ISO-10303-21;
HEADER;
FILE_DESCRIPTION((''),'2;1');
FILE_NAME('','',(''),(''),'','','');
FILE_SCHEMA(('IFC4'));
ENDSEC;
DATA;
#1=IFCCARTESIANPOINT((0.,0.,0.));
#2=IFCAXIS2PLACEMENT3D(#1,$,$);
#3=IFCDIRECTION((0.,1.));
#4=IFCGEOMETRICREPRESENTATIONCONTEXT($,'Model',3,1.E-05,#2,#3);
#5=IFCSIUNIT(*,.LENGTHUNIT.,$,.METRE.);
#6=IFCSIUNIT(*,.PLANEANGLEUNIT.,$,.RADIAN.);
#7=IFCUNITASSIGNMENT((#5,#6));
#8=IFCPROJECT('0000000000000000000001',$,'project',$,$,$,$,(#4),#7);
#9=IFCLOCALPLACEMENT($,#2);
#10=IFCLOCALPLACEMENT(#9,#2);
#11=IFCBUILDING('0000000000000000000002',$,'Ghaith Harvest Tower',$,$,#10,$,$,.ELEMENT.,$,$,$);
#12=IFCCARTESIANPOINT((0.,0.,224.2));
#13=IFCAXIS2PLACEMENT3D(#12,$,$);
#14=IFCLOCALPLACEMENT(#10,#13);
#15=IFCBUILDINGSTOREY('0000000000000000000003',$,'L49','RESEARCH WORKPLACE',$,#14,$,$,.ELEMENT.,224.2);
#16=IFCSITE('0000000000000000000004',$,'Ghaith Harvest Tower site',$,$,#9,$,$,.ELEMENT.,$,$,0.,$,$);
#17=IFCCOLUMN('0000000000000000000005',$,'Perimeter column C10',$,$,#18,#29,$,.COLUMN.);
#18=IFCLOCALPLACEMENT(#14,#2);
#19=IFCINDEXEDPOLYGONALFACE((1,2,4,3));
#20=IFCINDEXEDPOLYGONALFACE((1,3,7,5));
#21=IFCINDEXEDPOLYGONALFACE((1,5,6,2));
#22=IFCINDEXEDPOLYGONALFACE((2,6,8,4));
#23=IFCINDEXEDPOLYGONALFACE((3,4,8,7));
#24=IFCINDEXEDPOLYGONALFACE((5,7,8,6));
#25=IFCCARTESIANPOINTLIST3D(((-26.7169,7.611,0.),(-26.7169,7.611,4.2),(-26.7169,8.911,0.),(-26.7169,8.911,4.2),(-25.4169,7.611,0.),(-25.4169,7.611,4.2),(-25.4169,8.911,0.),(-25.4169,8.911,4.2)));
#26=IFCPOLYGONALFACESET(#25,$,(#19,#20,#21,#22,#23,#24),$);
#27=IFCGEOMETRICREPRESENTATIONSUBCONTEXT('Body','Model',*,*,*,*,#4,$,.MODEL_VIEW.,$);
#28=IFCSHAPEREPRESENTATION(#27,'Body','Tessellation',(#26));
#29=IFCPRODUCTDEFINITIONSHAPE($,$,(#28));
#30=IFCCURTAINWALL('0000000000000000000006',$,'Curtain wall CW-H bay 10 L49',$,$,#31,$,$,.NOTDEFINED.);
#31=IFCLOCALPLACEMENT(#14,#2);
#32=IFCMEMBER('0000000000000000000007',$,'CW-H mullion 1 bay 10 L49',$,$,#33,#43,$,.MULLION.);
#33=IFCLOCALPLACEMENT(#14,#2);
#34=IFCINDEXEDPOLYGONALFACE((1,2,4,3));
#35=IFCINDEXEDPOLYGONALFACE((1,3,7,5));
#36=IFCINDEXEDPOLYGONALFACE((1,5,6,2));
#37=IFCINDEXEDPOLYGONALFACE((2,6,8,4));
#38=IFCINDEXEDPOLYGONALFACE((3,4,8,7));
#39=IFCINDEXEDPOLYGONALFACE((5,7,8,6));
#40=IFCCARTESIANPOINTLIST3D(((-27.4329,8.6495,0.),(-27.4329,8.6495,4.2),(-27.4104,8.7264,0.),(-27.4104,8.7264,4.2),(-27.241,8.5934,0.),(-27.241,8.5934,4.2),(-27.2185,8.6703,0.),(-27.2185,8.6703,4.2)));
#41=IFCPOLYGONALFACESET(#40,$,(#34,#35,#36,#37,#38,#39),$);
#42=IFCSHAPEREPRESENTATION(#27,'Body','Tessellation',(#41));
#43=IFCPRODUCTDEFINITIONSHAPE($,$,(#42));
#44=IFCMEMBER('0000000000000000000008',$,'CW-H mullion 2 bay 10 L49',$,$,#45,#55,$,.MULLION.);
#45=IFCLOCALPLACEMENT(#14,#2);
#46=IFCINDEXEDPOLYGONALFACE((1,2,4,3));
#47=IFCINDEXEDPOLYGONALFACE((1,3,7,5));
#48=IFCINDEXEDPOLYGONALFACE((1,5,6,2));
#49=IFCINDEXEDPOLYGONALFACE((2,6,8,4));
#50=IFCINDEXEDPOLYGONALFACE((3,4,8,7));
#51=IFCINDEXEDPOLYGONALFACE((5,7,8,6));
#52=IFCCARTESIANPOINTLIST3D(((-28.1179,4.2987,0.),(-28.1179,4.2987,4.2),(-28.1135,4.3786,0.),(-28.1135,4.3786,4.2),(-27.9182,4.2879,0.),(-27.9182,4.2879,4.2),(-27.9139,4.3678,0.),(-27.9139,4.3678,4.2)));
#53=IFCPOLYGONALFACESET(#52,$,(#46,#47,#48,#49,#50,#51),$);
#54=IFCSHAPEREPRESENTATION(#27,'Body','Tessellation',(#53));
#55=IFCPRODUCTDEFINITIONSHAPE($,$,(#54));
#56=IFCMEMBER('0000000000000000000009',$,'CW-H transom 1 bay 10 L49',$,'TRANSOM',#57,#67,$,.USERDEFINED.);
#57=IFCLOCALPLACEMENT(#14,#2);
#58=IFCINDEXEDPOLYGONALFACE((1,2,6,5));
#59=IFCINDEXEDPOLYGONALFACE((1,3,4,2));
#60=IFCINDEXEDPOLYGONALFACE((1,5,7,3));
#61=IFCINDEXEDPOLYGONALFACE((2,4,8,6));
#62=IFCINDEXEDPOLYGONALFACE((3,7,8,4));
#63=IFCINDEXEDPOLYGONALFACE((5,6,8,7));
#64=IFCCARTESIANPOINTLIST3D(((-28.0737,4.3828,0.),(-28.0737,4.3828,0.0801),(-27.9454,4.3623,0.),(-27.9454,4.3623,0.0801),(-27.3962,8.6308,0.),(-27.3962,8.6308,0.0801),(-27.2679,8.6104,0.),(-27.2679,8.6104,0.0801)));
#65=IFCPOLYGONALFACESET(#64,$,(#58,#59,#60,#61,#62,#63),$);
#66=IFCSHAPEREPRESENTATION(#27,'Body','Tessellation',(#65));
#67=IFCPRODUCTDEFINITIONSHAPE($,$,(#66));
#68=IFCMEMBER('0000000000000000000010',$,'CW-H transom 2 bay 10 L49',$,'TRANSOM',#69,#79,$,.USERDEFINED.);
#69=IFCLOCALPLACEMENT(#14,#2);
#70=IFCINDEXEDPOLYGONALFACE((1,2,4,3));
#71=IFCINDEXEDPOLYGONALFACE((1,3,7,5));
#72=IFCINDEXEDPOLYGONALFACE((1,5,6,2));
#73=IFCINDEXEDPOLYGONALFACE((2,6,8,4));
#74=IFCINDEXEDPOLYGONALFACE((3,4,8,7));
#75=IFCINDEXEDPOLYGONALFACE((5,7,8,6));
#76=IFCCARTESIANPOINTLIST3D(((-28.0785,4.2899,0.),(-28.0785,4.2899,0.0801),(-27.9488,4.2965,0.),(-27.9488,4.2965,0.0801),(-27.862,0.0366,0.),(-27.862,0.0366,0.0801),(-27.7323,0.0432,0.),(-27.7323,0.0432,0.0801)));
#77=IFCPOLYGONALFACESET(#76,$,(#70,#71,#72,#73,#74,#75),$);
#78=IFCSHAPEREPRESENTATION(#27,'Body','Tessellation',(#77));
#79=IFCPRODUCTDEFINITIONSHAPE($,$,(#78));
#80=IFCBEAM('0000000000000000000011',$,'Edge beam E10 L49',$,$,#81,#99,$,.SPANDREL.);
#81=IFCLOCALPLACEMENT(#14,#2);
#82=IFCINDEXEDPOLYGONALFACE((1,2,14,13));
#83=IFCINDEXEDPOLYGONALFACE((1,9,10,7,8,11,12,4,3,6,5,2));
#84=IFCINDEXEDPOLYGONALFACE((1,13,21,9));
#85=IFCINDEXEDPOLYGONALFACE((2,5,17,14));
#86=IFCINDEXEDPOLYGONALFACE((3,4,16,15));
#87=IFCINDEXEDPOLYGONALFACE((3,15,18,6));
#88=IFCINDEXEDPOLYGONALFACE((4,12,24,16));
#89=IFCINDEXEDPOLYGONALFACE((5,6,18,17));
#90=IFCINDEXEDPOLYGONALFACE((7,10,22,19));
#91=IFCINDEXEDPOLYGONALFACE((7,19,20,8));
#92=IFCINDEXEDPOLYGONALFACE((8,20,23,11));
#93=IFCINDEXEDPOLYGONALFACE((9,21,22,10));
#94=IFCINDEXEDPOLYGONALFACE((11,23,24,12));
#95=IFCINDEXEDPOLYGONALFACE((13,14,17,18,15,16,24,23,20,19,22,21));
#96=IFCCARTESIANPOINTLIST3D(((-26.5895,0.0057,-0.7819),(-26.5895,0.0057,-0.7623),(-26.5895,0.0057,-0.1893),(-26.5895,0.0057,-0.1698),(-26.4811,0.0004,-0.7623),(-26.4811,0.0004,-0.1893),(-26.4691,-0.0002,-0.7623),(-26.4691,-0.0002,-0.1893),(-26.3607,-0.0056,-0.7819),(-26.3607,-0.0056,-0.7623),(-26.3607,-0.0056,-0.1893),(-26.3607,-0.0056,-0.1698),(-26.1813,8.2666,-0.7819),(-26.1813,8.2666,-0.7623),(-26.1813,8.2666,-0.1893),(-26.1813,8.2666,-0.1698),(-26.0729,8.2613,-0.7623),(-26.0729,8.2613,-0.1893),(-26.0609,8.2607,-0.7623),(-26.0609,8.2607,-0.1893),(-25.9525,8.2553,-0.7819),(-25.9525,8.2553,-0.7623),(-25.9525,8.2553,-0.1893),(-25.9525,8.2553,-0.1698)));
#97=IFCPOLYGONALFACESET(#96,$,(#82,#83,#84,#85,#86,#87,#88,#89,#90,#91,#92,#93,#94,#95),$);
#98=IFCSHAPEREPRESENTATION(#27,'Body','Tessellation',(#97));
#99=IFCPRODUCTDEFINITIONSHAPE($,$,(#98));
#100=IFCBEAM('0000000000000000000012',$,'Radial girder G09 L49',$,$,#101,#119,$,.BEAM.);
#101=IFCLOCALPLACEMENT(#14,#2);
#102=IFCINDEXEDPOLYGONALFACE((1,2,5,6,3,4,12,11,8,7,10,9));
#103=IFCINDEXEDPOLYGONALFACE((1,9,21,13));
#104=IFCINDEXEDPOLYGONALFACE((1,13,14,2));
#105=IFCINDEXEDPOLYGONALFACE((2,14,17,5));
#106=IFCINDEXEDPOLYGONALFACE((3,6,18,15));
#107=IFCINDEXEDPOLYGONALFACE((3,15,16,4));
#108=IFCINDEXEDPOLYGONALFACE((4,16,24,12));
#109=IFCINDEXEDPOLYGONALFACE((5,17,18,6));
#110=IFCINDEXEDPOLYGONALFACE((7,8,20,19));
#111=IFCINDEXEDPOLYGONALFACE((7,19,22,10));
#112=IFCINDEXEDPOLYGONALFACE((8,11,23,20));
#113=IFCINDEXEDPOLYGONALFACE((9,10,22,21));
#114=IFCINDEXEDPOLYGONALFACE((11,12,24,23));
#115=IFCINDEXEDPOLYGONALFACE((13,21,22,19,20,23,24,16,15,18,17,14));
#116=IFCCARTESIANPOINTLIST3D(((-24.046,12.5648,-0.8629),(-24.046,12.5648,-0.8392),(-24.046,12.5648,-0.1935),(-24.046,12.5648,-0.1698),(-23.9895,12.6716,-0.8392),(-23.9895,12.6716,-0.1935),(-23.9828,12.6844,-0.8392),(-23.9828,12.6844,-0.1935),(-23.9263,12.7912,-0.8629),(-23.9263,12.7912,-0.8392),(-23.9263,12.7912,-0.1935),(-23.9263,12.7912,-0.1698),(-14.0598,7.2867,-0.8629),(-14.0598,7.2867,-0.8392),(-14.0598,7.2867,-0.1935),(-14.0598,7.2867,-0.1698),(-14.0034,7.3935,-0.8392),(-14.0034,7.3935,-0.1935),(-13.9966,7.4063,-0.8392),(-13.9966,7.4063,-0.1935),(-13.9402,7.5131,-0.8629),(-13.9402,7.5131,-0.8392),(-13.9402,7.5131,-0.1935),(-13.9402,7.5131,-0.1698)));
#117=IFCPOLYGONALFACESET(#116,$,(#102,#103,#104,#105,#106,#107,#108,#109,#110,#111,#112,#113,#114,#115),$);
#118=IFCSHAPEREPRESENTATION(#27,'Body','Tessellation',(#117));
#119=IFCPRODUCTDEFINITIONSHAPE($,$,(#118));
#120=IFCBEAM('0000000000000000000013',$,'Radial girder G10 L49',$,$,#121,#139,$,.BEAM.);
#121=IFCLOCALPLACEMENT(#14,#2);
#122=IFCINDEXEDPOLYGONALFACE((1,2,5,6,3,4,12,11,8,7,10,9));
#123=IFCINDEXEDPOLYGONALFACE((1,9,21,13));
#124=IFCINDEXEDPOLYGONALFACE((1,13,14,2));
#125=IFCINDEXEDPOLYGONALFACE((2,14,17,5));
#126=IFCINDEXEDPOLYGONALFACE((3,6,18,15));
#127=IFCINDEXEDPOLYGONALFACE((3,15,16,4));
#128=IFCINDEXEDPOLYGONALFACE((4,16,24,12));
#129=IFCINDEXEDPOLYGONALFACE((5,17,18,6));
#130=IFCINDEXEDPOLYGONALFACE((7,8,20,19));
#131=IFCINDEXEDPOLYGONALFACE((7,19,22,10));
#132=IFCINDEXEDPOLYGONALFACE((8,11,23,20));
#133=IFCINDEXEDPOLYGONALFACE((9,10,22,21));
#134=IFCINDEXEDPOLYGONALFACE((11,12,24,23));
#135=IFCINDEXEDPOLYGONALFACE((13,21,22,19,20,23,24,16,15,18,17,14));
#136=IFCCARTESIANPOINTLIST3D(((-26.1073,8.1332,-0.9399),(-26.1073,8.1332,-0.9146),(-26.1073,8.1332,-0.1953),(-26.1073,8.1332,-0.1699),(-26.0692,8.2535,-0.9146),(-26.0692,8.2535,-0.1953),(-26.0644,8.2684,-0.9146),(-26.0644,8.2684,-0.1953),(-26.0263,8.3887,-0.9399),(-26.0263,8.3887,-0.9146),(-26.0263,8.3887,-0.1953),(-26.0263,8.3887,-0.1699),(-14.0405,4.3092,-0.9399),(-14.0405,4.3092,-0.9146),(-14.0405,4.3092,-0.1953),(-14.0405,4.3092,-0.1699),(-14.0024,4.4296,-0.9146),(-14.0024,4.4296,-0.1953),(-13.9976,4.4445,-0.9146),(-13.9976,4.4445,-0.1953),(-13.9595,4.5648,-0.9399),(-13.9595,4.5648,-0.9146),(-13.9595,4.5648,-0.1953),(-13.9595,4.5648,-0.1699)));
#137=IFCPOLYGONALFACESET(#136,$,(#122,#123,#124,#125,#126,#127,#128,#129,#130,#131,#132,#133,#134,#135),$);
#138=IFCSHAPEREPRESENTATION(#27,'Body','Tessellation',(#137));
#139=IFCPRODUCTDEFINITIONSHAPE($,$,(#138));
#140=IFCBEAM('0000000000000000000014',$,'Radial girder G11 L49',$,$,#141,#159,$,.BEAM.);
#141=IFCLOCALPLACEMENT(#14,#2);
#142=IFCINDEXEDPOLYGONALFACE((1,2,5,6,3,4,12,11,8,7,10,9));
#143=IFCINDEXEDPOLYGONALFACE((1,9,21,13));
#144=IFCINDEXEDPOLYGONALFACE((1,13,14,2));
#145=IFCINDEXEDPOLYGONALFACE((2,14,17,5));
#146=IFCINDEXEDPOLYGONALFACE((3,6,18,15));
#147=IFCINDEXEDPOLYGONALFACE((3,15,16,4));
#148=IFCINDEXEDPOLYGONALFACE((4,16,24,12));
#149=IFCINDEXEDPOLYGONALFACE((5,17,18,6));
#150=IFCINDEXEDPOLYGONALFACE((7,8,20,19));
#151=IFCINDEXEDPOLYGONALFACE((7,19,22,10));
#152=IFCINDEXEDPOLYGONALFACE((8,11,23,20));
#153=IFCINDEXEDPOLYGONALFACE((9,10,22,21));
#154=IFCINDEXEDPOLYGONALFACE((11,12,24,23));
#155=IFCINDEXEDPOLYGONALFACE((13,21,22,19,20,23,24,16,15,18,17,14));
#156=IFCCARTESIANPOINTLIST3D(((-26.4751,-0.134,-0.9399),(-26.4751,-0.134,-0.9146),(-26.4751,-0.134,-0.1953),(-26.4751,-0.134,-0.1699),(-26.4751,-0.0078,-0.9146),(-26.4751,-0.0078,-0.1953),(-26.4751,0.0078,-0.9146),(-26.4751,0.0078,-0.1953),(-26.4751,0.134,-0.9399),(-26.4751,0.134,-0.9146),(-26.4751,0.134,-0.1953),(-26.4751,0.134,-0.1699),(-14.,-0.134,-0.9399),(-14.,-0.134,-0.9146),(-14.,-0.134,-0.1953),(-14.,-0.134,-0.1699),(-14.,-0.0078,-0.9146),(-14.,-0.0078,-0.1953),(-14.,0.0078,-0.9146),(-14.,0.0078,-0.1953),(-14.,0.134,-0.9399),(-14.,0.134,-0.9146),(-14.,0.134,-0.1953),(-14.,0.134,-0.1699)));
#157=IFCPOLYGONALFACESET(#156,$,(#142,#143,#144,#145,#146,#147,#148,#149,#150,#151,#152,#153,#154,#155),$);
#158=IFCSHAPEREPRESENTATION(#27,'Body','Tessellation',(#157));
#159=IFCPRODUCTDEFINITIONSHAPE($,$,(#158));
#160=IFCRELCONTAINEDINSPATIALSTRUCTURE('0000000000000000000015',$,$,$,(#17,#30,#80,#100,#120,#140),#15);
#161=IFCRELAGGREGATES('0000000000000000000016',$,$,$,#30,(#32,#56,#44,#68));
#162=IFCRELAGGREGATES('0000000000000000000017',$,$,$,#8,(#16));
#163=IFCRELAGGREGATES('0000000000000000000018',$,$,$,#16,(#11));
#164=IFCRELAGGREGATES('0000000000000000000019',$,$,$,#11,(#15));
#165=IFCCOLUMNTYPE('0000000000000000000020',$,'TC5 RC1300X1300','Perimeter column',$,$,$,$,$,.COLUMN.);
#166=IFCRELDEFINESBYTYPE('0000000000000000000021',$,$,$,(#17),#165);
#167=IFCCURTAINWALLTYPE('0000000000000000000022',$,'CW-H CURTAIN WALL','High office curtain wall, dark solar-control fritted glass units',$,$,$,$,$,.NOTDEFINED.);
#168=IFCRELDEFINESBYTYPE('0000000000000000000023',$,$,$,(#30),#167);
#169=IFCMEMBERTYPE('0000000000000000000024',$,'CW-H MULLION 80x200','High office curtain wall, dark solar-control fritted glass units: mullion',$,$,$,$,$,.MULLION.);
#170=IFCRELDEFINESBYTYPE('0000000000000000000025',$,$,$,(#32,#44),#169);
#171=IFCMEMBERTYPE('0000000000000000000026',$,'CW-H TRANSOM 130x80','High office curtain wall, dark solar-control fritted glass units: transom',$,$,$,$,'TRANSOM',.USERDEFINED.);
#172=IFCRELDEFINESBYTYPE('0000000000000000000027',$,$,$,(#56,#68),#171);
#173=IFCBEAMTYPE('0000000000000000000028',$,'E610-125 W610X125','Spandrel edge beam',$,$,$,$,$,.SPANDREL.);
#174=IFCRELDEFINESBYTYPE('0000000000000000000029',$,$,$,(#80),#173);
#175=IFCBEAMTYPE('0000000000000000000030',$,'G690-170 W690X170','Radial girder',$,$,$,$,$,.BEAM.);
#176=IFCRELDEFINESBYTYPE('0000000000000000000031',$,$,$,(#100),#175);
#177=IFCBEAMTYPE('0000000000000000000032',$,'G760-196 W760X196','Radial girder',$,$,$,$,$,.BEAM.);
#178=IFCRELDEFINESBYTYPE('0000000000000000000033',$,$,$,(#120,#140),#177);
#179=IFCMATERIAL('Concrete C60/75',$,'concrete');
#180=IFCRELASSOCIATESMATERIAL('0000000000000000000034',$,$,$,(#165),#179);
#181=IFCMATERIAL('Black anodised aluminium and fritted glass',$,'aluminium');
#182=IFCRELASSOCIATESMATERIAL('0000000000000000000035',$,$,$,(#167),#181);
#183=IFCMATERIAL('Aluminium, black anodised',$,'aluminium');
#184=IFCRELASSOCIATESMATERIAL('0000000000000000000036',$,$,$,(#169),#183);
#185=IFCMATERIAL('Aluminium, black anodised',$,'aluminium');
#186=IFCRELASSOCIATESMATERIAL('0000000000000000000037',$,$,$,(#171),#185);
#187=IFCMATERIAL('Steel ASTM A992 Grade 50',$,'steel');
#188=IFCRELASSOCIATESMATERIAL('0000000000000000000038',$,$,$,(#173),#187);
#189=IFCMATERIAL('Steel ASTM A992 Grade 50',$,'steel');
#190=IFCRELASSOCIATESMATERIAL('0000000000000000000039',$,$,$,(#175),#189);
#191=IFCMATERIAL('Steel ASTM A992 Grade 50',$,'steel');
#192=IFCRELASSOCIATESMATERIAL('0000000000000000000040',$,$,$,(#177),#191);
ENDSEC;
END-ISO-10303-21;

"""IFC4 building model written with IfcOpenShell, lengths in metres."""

from ifc_helpers import new_model, si_unit, direction, frame, origin, origin_2d, place, context, subcontext, project, spatial, rectangle, i_section, extrude, material, material_profile, profile_set, type_object, element, aggregate, save


model = new_model("IFC4")

# Units and contexts
model_context = context("Model", 3, precision=1e-05, world=origin(), true_north=direction((0.0, 1.0)))
body_context = subcontext(model_context, "Body", "Model", "MODEL_VIEW")
ifc_project = project(units=[si_unit("LENGTHUNIT", "METRE"), si_unit("PLANEANGLEUNIT", "RADIAN")], contexts=[model_context])

# Site, building, storey
site_placement = place(None, origin())
site = spatial("IfcSite", under=ifc_project, at=site_placement, Name="Ghaith Harvest Tower site", CompositionType="ELEMENT", RefElevation=0.0)
building_placement = place(site_placement, origin())
building = spatial("IfcBuilding", under=site, at=building_placement, Name="Ghaith Harvest Tower", CompositionType="ELEMENT")
storey_placement = place(building_placement, frame((0.0, 0.0, 224.2)))
storey = spatial("IfcBuildingStorey", under=building, at=storey_placement, Name="L49", Description="RESEARCH WORKPLACE", CompositionType="ELEMENT", Elevation=224.2)

# Column
ifc_material_1 = material(Name="Concrete C60/75", Category="concrete")
ifc_material_profile_1 = material_profile(ifc_material_1, rectangle(XDim=1.3, YDim=1.3, at=origin_2d()), Name="RC1300X1300")
ifc_profile_set_1 = profile_set([ifc_material_profile_1], Name="Concrete C60/75")
column_type = type_object("IfcColumnType", Name="TC5 RC1300X1300", Description="Perimeter column", PredefinedType="COLUMN", material=ifc_profile_set_1)
column_placement = place(storey_placement, frame((-26.0669, 8.261, 0.0), z_axis=(0.0, 0.0, 1.0), x_axis=(1.0, 0.0, 0.0)))
element("IfcColumn", 1, at=column_placement, inside=storey, type_object=column_type, Name="Perimeter column C10", PredefinedType="COLUMN", context=body_context, shape_type="SweptSolid", body=[
    extrude(rectangle(XDim=1.3, YDim=1.3, at=origin_2d()), origin(), (0.0, 0.0, 1.0), 4.2),
])

# Curtain wall, members
ifc_material_2 = material(Name="Black anodised aluminium and fritted glass", Category="aluminium")
curtain_wall_type = type_object("IfcCurtainWallType", Name="CW-H CURTAIN WALL", Description="High office curtain wall, dark solar-control fritted glass units", PredefinedType="NOTDEFINED", material=ifc_material_2)
curtain_wall_placement = place(storey_placement, origin())
curtain_wall = element("IfcCurtainWall", 2, at=curtain_wall_placement, inside=storey, type_object=curtain_wall_type, Name="Curtain wall CW-H bay 10 L49", PredefinedType="NOTDEFINED")
ifc_material_3 = material(Name="Aluminium, black anodised", Category="aluminium")
ifc_material_profile_2 = material_profile(ifc_material_3, rectangle(XDim=0.0801, YDim=0.2, at=origin_2d()), Name="CW-H MULLION 80x200")
ifc_profile_set_2 = profile_set([ifc_material_profile_2], Name="Aluminium, black anodised")
member_type_1 = type_object("IfcMemberType", Name="CW-H MULLION 80x200", Description="High office curtain wall, dark solar-control fritted glass units: mullion", PredefinedType="MULLION", material=ifc_profile_set_2)
member_1_placement = place(storey_placement, frame((-27.3257, 8.6599, 0.0), z_axis=(0.0, 0.0, 1.0), x_axis=(-0.28052, -0.959848, 0.0)))
member_1 = element("IfcMember", 3, at=member_1_placement, type_object=member_type_1, Name="CW-H mullion 1 bay 10 L49", PredefinedType="MULLION", context=body_context, shape_type="SweptSolid", body=[
    extrude(rectangle(XDim=0.0801, YDim=0.2, at=origin_2d()), origin(), (0.0, 0.0, 1.0), 4.2),
])
member_2_placement = place(storey_placement, frame((-28.0159, 4.3333, 0.0), z_axis=(0.0, 0.0, 1.0), x_axis=(-0.054116, -0.998535, 0.0)))
member_2 = element("IfcMember", 4, at=member_2_placement, type_object=member_type_1, Name="CW-H mullion 2 bay 10 L49", PredefinedType="MULLION", context=body_context, shape_type="SweptSolid", body=[
    extrude(rectangle(XDim=0.0801, YDim=0.2, at=origin_2d()), origin(), (0.0, 0.0, 1.0), 4.2),
])
ifc_material_4 = material(Name="Aluminium, black anodised", Category="aluminium")
ifc_material_profile_3 = material_profile(ifc_material_4, rectangle(XDim=0.1299, YDim=0.0801, at=origin_2d()), Name="CW-H TRANSOM 130x80")
ifc_profile_set_3 = profile_set([ifc_material_profile_3], Name="Aluminium, black anodised")
member_type_2 = type_object("IfcMemberType", Name="CW-H TRANSOM 130x80", Description="High office curtain wall, dark solar-control fritted glass units: transom", ElementType="TRANSOM", PredefinedType="USERDEFINED", material=ifc_profile_set_3)
member_3_placement = place(storey_placement, frame((-27.332, 8.6206, 0.04), z_axis=(-0.157492, -0.98752, 0.0), x_axis=(0.98752, -0.157492, 0.0)))
member_3 = element("IfcMember", 5, at=member_3_placement, type_object=member_type_2, Name="CW-H transom 1 bay 10 L49", ObjectType="TRANSOM", PredefinedType="USERDEFINED", context=body_context, shape_type="SweptSolid", body=[
    extrude(rectangle(XDim=0.1299, YDim=0.0801, at=origin_2d()), origin(), (0.0, 0.0, 1.0), 4.3018),
])
member_4_placement = place(storey_placement, frame((-28.0137, 4.2932, 0.04), z_axis=(0.05085, -0.998706, 0.0), x_axis=(0.998706, 0.05085, 0.0)))
member_4 = element("IfcMember", 6, at=member_4_placement, type_object=member_type_2, Name="CW-H transom 2 bay 10 L49", ObjectType="TRANSOM", PredefinedType="USERDEFINED", context=body_context, shape_type="SweptSolid", body=[
    extrude(rectangle(XDim=0.1299, YDim=0.0801, at=origin_2d()), origin(), (0.0, 0.0, 1.0), 4.2588),
])

# Beams
ifc_material_5 = material(Name="Steel ASTM A992 Grade 50", Category="steel")
ifc_material_profile_4 = material_profile(ifc_material_5, i_section(OverallWidth=0.229, OverallDepth=0.6121, WebThickness=0.012, FlangeThickness=0.0195, at=origin_2d()), Name="W610X125")
ifc_profile_set_4 = profile_set([ifc_material_profile_4], Name="Steel ASTM A992 Grade 50")
beam_type_1 = type_object("IfcBeamType", Name="E610-125 W610X125", Description="Spandrel edge beam", PredefinedType="SPANDREL", material=ifc_profile_set_4)
beam_1_placement = place(storey_placement, frame((-26.0669, 8.261, -0.4758), z_axis=(-0.049353, -0.998781, 0.0), x_axis=(0.998781, -0.049353, 0.0)))
element("IfcBeam", 7, at=beam_1_placement, inside=storey, type_object=beam_type_1, Name="Edge beam E10 L49", PredefinedType="SPANDREL", context=body_context, shape_type="SweptSolid", body=[
    extrude(i_section(OverallWidth=0.229, OverallDepth=0.6121, WebThickness=0.012, FlangeThickness=0.0195, at=origin_2d()), origin(), (0.0, 0.0, 1.0), 8.271),
])
ifc_material_6 = material(Name="Steel ASTM A992 Grade 50", Category="steel")
ifc_material_profile_5 = material_profile(ifc_material_6, i_section(OverallWidth=0.2561, OverallDepth=0.6931, WebThickness=0.0144, FlangeThickness=0.0237, at=origin_2d()), Name="W690X170")
ifc_profile_set_5 = profile_set([ifc_material_profile_5], Name="Steel ASTM A992 Grade 50")
beam_type_2 = type_object("IfcBeamType", Name="G690-170 W690X170", Description="Radial girder", PredefinedType="BEAM", material=ifc_profile_set_5)
beam_2_placement = place(storey_placement, frame((-14.0, 7.3999, -0.5164), z_axis=(-0.884105, 0.467288, 0.0), x_axis=(-0.467288, -0.884105, 0.0)))
element("IfcBeam", 8, at=beam_2_placement, inside=storey, type_object=beam_type_2, Name="Radial girder G09 L49", PredefinedType="BEAM", context=body_context, shape_type="SweptSolid", body=[
    extrude(i_section(OverallWidth=0.2561, OverallDepth=0.6931, WebThickness=0.0144, FlangeThickness=0.0237, at=origin_2d()), origin(), (0.0, 0.0, 1.0), 11.2952),
])
ifc_material_7 = material(Name="Steel ASTM A992 Grade 50", Category="steel")
ifc_material_profile_6 = material_profile(ifc_material_7, i_section(OverallWidth=0.2681, OverallDepth=0.77, WebThickness=0.0156, FlangeThickness=0.0254, at=origin_2d()), Name="W760X196")
ifc_profile_set_6 = profile_set([ifc_material_profile_6], Name="Steel ASTM A992 Grade 50")
beam_type_3 = type_object("IfcBeamType", Name="G760-196 W760X196", Description="Radial girder", PredefinedType="BEAM", material=ifc_profile_set_6)
beam_3_placement = place(storey_placement, frame((-14.0, 4.437, -0.5549), z_axis=(-0.953279, 0.302092, 0.0), x_axis=(-0.302092, -0.953279, 0.0)))
element("IfcBeam", 9, at=beam_3_placement, inside=storey, type_object=beam_type_3, Name="Radial girder G10 L49", PredefinedType="BEAM", context=body_context, shape_type="SweptSolid", body=[
    extrude(i_section(OverallWidth=0.2681, OverallDepth=0.77, WebThickness=0.0156, FlangeThickness=0.0254, at=origin_2d()), origin(), (0.0, 0.0, 1.0), 12.6582),
])
beam_4_placement = place(storey_placement, frame((-14.0, 0.0, -0.5549), z_axis=(-1.0, 0.0, 0.0), x_axis=(0.0, -1.0, 0.0)))
element("IfcBeam", 10, at=beam_4_placement, inside=storey, type_object=beam_type_3, Name="Radial girder G11 L49", PredefinedType="BEAM", context=body_context, shape_type="SweptSolid", body=[
    extrude(i_section(OverallWidth=0.2681, OverallDepth=0.77, WebThickness=0.0156, FlangeThickness=0.0254, at=origin_2d()), origin(), (0.0, 0.0, 1.0), 12.4751),
])

aggregate(curtain_wall, [member_1, member_3, member_2, member_4])

save(model, "model.ifc")
